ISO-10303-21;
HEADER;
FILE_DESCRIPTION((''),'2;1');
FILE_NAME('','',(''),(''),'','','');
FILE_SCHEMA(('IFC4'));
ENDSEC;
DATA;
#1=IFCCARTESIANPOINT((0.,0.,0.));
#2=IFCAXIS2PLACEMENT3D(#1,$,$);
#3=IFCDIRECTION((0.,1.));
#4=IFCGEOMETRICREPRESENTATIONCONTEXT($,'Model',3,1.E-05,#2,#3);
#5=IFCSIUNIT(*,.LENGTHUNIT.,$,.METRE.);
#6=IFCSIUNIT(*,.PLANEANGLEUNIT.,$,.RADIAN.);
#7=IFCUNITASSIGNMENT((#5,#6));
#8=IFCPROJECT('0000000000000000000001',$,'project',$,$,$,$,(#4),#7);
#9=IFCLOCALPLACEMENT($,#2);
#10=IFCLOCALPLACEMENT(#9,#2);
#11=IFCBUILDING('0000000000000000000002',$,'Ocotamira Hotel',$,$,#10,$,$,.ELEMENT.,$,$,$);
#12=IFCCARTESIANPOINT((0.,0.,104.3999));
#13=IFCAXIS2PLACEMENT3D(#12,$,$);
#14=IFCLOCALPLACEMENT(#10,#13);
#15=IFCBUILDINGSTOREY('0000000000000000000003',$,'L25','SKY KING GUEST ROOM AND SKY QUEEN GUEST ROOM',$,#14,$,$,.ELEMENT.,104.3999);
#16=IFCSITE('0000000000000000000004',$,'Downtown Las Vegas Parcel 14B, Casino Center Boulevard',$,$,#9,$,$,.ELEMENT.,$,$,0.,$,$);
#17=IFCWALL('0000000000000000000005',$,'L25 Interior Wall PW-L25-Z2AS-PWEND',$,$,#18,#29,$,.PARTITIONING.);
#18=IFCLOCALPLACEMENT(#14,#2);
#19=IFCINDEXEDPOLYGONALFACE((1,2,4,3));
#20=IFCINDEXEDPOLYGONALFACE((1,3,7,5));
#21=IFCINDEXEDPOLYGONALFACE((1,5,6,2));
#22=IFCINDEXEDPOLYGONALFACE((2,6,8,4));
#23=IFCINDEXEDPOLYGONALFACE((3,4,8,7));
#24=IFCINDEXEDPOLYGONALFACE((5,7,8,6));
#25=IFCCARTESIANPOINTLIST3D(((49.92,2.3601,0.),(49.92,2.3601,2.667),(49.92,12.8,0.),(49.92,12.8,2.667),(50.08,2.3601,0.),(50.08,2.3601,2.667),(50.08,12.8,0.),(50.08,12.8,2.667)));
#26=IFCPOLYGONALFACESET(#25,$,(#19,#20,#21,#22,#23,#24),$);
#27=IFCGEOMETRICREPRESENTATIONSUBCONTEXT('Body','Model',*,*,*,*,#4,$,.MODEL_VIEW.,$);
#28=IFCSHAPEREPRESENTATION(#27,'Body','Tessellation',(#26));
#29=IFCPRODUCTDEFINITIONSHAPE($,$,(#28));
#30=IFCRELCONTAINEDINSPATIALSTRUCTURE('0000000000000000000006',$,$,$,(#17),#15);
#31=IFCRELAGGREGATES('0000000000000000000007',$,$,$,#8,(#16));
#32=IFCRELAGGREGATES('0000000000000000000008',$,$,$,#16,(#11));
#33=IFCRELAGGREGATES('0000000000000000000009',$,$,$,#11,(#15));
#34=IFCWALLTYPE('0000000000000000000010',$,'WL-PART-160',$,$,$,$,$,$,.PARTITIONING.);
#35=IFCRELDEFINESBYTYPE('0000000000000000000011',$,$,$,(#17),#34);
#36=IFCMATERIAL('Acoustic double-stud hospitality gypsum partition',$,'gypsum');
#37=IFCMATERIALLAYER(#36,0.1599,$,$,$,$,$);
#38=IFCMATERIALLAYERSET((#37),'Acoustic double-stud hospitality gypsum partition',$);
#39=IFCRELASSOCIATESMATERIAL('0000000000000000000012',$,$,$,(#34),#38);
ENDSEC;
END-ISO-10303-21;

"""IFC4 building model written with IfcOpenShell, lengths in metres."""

from ifc_helpers import new_model, si_unit, direction, frame, frame_2d, origin, place, context, subcontext, project, spatial, rectangle, extrude, material, layer, layer_set, type_object, element, save


model = new_model("IFC4")

# Units and contexts
model_context = context("Model", 3, precision=1e-05, world=origin(), true_north=direction((0.0, 1.0)))
body_context = subcontext(model_context, "Body", "Model", "MODEL_VIEW")
ifc_project = project(units=[si_unit("LENGTHUNIT", "METRE"), si_unit("PLANEANGLEUNIT", "RADIAN")], contexts=[model_context])

# Site, building, storey
site_placement = place(None, origin())
site = spatial("IfcSite", under=ifc_project, at=site_placement, Name="Downtown Las Vegas Parcel 14B, Casino Center Boulevard", CompositionType="ELEMENT", RefElevation=0.0)
building_placement = place(site_placement, origin())
building = spatial("IfcBuilding", under=site, at=building_placement, Name="Ocotamira Hotel", CompositionType="ELEMENT")
storey_placement = place(building_placement, frame((0.0, 0.0, 104.3999)))
storey = spatial("IfcBuildingStorey", under=building, at=storey_placement, Name="L25", Description="SKY KING GUEST ROOM AND SKY QUEEN GUEST ROOM", CompositionType="ELEMENT", Elevation=104.3999)

# Wall
ifc_material_1 = material(Name="Acoustic double-stud hospitality gypsum partition", Category="gypsum")
ifc_layer_1 = layer(ifc_material_1, 0.1599)
ifc_layer_set_1 = layer_set([ifc_layer_1], Name="Acoustic double-stud hospitality gypsum partition")
wall_type_1 = type_object("IfcWallType", Name="WL-PART-160", PredefinedType="PARTITIONING", material=ifc_layer_set_1)
wall_1_placement = place(storey_placement, frame((50.0, 2.3601, 0.0), z_axis=(0.0, 0.0, 1.0), x_axis=(0.0, 1.0, 0.0)))
element("IfcWall", 1, at=wall_1_placement, inside=storey, type_object=wall_type_1, Name="L25 Interior Wall PW-L25-Z2AS-PWEND", PredefinedType="PARTITIONING", context=body_context, shape_type="SweptSolid", body=[
    extrude(rectangle(XDim=10.4399, YDim=0.1599, at=frame_2d((5.22, 0.0))), origin(), (0.0, 0.0, 1.0), 2.667),
])

save(model, "model.ifc")
